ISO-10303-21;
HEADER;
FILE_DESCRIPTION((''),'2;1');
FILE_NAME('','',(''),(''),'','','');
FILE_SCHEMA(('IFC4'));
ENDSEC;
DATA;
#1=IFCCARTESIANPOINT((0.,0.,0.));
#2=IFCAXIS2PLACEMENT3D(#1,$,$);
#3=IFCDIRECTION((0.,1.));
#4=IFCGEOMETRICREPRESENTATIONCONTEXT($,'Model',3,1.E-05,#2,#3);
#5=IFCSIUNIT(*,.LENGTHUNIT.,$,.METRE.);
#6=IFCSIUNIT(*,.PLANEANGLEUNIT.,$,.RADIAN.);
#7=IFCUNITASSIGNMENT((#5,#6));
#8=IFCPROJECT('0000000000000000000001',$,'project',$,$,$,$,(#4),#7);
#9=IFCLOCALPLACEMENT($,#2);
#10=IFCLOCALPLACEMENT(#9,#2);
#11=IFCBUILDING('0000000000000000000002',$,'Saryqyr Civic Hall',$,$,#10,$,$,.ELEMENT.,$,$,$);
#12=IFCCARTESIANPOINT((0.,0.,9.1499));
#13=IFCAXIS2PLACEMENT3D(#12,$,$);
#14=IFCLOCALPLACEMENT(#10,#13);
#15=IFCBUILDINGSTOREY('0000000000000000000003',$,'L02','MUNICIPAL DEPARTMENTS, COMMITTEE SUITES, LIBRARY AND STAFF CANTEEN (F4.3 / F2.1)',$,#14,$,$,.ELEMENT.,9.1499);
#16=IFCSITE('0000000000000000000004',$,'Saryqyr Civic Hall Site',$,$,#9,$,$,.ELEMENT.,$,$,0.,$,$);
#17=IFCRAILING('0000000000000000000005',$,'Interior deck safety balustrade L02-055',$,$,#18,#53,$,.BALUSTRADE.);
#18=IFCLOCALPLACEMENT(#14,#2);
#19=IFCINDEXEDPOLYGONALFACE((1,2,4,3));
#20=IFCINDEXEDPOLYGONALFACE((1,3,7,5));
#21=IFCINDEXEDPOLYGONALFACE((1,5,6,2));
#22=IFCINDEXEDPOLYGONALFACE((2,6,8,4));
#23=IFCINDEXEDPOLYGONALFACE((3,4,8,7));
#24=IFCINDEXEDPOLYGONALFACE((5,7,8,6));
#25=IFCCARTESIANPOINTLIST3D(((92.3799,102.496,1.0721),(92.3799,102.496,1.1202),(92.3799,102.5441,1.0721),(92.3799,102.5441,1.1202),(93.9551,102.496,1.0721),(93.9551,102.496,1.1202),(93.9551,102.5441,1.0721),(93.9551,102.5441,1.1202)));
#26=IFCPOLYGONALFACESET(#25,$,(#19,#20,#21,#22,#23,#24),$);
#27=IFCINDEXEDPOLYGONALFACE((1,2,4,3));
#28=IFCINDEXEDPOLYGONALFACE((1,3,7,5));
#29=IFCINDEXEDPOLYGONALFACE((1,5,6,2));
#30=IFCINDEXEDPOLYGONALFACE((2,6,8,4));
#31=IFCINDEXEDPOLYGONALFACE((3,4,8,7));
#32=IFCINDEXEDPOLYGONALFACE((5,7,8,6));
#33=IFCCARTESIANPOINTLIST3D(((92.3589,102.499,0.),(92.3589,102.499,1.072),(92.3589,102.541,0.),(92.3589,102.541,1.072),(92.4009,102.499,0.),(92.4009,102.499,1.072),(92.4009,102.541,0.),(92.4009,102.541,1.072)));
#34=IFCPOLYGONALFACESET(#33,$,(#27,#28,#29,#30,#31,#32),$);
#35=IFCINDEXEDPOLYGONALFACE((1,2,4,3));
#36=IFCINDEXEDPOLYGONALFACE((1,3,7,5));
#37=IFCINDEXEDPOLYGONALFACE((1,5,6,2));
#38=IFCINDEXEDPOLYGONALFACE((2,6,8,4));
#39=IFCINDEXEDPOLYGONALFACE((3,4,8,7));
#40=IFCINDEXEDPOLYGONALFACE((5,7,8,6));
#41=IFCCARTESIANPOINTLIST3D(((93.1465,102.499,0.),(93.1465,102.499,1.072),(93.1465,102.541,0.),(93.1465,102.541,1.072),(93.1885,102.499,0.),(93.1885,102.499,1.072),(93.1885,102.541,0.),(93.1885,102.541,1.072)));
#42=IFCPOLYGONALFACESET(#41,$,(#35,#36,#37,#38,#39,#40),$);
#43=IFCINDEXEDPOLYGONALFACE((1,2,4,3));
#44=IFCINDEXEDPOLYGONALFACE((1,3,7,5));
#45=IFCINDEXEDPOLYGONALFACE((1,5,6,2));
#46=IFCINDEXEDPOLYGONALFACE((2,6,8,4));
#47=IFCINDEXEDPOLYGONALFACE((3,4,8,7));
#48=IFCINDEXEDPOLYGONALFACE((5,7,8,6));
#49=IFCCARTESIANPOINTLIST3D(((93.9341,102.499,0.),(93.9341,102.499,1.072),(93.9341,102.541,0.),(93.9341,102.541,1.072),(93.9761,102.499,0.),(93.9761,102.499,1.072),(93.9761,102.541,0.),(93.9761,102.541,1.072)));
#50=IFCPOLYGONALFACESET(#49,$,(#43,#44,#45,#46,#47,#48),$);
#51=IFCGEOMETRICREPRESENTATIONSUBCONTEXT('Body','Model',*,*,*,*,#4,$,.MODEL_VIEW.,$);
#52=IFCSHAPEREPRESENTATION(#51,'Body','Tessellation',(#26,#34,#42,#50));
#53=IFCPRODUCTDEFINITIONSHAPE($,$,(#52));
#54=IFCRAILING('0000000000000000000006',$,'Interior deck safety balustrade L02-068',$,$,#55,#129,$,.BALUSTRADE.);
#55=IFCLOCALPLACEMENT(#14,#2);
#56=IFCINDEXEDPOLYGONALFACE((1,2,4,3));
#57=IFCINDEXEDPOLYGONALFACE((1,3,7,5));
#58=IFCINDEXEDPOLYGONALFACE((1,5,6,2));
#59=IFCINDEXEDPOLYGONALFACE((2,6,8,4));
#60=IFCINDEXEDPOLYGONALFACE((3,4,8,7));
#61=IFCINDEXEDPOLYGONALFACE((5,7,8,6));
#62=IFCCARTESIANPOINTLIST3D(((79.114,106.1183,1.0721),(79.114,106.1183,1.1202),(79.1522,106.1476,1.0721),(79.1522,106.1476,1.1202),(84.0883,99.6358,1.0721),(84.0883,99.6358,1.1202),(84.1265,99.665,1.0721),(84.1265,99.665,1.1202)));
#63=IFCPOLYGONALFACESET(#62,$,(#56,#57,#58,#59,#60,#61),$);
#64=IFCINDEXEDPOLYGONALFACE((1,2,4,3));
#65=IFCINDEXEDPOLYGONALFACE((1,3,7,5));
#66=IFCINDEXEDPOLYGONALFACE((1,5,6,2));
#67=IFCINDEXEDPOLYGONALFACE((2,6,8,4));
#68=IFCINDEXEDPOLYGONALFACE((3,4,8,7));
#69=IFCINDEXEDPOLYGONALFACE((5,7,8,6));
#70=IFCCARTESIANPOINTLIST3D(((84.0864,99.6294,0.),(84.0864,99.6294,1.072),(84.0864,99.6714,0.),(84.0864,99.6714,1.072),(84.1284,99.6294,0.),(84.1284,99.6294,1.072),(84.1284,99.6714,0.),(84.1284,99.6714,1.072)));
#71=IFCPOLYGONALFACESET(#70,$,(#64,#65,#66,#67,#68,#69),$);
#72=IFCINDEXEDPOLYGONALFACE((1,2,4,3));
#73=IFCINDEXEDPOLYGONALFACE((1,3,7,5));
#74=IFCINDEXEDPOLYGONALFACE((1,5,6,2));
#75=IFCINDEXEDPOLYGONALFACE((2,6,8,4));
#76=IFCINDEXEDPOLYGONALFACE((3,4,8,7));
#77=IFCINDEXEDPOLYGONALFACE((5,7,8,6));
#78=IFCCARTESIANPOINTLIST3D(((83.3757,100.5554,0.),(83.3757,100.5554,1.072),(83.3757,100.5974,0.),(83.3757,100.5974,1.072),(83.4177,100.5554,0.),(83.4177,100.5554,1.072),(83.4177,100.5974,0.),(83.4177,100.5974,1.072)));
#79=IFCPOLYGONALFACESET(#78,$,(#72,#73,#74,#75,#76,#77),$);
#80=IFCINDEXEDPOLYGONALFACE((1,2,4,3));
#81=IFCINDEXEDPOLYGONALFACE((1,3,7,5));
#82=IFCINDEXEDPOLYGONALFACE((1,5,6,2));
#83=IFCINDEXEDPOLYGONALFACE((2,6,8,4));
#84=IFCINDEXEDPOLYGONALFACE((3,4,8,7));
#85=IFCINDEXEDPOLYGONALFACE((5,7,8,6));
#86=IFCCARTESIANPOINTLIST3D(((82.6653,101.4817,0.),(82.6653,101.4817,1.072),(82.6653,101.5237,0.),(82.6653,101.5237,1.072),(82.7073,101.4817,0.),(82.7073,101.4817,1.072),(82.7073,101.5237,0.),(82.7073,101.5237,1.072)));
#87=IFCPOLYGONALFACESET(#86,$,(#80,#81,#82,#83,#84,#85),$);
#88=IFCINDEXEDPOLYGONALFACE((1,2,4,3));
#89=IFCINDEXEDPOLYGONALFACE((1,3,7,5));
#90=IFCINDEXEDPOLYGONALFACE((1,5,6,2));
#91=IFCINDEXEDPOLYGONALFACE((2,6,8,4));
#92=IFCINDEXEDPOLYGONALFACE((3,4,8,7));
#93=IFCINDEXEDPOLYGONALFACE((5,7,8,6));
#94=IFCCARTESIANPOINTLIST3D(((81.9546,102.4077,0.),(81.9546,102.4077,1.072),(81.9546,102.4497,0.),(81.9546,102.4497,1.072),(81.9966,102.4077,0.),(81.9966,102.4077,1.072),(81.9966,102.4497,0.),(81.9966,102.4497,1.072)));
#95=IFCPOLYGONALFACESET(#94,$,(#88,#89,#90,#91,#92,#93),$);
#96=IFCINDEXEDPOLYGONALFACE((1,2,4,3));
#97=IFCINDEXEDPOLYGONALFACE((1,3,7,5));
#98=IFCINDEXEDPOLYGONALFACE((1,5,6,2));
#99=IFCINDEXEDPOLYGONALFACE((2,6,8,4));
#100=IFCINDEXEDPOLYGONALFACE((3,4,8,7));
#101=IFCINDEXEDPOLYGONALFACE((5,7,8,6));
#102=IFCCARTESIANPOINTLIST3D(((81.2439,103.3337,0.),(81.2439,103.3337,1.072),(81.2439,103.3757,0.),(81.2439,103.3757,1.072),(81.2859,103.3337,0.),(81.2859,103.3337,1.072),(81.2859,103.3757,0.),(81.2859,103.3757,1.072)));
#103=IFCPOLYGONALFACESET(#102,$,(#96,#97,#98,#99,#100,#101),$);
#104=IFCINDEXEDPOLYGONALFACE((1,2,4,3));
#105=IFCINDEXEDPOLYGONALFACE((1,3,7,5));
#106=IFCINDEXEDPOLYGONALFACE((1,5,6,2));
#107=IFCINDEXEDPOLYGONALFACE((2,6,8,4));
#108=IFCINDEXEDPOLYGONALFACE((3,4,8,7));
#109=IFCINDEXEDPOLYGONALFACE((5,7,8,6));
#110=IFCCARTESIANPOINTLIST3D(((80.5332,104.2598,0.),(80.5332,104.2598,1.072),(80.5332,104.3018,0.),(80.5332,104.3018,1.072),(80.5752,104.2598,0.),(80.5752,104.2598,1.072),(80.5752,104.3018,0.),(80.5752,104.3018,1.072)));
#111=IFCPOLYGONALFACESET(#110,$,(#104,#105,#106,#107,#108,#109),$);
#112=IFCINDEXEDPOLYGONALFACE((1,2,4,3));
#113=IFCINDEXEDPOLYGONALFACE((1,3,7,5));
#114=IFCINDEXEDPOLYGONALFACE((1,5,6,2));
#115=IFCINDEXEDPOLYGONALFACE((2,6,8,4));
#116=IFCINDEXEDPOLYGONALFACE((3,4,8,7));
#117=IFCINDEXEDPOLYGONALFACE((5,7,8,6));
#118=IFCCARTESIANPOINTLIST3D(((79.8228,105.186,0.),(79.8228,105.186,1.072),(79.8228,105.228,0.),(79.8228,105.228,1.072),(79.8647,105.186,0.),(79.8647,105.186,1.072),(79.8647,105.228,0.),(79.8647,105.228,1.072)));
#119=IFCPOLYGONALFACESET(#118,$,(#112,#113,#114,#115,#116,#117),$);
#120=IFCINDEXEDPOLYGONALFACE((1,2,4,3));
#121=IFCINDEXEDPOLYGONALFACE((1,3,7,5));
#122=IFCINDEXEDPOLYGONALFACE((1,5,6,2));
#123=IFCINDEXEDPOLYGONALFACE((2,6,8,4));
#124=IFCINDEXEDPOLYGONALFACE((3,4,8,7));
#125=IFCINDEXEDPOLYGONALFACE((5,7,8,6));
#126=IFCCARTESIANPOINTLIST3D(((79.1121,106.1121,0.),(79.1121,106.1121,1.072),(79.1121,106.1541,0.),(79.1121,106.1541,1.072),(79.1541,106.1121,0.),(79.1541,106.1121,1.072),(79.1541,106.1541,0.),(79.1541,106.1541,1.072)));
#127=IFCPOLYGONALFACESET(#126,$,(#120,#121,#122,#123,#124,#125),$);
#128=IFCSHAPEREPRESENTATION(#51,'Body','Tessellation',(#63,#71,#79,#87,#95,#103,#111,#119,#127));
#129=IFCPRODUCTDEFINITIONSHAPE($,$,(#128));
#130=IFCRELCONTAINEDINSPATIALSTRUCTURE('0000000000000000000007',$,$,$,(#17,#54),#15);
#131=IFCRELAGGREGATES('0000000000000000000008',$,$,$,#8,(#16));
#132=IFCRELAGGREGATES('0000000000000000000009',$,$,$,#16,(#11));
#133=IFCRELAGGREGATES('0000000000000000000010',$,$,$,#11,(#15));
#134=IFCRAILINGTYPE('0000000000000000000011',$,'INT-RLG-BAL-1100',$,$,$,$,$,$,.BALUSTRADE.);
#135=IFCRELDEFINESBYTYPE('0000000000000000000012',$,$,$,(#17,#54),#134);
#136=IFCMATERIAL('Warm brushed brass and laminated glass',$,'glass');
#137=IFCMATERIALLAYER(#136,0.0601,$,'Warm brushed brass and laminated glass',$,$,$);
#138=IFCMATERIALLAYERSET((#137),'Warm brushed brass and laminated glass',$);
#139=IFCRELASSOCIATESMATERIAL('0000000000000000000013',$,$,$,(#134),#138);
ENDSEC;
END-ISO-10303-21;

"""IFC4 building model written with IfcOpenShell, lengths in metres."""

from ifc_helpers import new_model, si_unit, direction, frame, origin, origin_2d, place, context, subcontext, project, spatial, rectangle, extrude, material, layer, layer_set, type_object, element, save


model = new_model("IFC4")

# Units and contexts
model_context = context("Model", 3, precision=1e-05, world=origin(), true_north=direction((0.0, 1.0)))
body_context = subcontext(model_context, "Body", "Model", "MODEL_VIEW")
ifc_project = project(units=[si_unit("LENGTHUNIT", "METRE"), si_unit("PLANEANGLEUNIT", "RADIAN")], contexts=[model_context])

# Site, building, storey
site_placement = place(None, origin())
site = spatial("IfcSite", under=ifc_project, at=site_placement, Name="Saryqyr Civic Hall Site", CompositionType="ELEMENT", RefElevation=0.0)
building_placement = place(site_placement, origin())
building = spatial("IfcBuilding", under=site, at=building_placement, Name="Saryqyr Civic Hall", CompositionType="ELEMENT")
storey_placement = place(building_placement, frame((0.0, 0.0, 9.1499)))
storey = spatial("IfcBuildingStorey", under=building, at=storey_placement, Name="L02", Description="MUNICIPAL DEPARTMENTS, COMMITTEE SUITES, LIBRARY AND STAFF CANTEEN (F4.3 / F2.1)", CompositionType="ELEMENT", Elevation=9.1499)

# Railings
ifc_material_1 = material(Name="Warm brushed brass and laminated glass", Category="glass")
ifc_layer_1 = layer(ifc_material_1, 0.0601, Name="Warm brushed brass and laminated glass")
ifc_layer_set_1 = layer_set([ifc_layer_1], Name="Warm brushed brass and laminated glass")
railing_type_1 = type_object("IfcRailingType", Name="INT-RLG-BAL-1100", PredefinedType="BALUSTRADE", material=ifc_layer_set_1)
railing_1_placement = place(storey_placement, frame((92.3799, 102.52, 0.0)))
element("IfcRailing", 1, at=railing_1_placement, inside=storey, type_object=railing_type_1, Name="Interior deck safety balustrade L02-055", PredefinedType="BALUSTRADE", context=body_context, shape_type="SweptSolid", body=[
    extrude(rectangle(XDim=0.0481, YDim=0.0481, at=origin_2d()), frame((0.0, 0.0, 1.0962), z_axis=(1.0, 0.0, 0.0), x_axis=(0.0, 1.0, 0.0)), (0.0, 0.0, 1.0), 1.5752),
    extrude(rectangle(XDim=0.042, YDim=0.042, at=origin_2d()), origin(), (0.0, 0.0, 1.0), 1.072),
    extrude(rectangle(XDim=0.042, YDim=0.042, at=origin_2d()), frame((0.7876, 0.0, 0.0)), (0.0, 0.0, 1.0), 1.072),
    extrude(rectangle(XDim=0.042, YDim=0.042, at=origin_2d()), frame((1.5752, 0.0, 0.0)), (0.0, 0.0, 1.0), 1.072),
])
railing_2_placement = place(storey_placement, frame((84.1074, 99.6504, 0.0)))
element("IfcRailing", 2, at=railing_2_placement, inside=storey, type_object=railing_type_1, Name="Interior deck safety balustrade L02-068", PredefinedType="BALUSTRADE", context=body_context, shape_type="SweptSolid", body=[
    extrude(rectangle(XDim=0.0481, YDim=0.0481, at=origin_2d()), frame((0.0, 0.0, 1.0962), z_axis=(-0.608765, 0.793351, 0.0), x_axis=(-0.793351, -0.608765, 0.0)), (0.0, 0.0, 1.0), 8.1711),
    extrude(rectangle(XDim=0.042, YDim=0.042, at=origin_2d()), origin(), (0.0, 0.0, 1.0), 1.072),
    extrude(rectangle(XDim=0.042, YDim=0.042, at=origin_2d()), frame((-0.7107, 0.926, 0.0)), (0.0, 0.0, 1.0), 1.072),
    extrude(rectangle(XDim=0.042, YDim=0.042, at=origin_2d()), frame((-1.4211, 1.8523, 0.0)), (0.0, 0.0, 1.0), 1.072),
    extrude(rectangle(XDim=0.042, YDim=0.042, at=origin_2d()), frame((-2.1318, 2.7783, 0.0)), (0.0, 0.0, 1.0), 1.072),
    extrude(rectangle(XDim=0.042, YDim=0.042, at=origin_2d()), frame((-2.8425, 3.7043, 0.0)), (0.0, 0.0, 1.0), 1.072),
    extrude(rectangle(XDim=0.042, YDim=0.042, at=origin_2d()), frame((-3.5532, 4.6304, 0.0)), (0.0, 0.0, 1.0), 1.072),
    extrude(rectangle(XDim=0.042, YDim=0.042, at=origin_2d()), frame((-4.2637, 5.5566, 0.0)), (0.0, 0.0, 1.0), 1.072),
    extrude(rectangle(XDim=0.042, YDim=0.042, at=origin_2d()), frame((-4.9744, 6.4827, 0.0)), (0.0, 0.0, 1.0), 1.072),
])

save(model, "model.ifc")
